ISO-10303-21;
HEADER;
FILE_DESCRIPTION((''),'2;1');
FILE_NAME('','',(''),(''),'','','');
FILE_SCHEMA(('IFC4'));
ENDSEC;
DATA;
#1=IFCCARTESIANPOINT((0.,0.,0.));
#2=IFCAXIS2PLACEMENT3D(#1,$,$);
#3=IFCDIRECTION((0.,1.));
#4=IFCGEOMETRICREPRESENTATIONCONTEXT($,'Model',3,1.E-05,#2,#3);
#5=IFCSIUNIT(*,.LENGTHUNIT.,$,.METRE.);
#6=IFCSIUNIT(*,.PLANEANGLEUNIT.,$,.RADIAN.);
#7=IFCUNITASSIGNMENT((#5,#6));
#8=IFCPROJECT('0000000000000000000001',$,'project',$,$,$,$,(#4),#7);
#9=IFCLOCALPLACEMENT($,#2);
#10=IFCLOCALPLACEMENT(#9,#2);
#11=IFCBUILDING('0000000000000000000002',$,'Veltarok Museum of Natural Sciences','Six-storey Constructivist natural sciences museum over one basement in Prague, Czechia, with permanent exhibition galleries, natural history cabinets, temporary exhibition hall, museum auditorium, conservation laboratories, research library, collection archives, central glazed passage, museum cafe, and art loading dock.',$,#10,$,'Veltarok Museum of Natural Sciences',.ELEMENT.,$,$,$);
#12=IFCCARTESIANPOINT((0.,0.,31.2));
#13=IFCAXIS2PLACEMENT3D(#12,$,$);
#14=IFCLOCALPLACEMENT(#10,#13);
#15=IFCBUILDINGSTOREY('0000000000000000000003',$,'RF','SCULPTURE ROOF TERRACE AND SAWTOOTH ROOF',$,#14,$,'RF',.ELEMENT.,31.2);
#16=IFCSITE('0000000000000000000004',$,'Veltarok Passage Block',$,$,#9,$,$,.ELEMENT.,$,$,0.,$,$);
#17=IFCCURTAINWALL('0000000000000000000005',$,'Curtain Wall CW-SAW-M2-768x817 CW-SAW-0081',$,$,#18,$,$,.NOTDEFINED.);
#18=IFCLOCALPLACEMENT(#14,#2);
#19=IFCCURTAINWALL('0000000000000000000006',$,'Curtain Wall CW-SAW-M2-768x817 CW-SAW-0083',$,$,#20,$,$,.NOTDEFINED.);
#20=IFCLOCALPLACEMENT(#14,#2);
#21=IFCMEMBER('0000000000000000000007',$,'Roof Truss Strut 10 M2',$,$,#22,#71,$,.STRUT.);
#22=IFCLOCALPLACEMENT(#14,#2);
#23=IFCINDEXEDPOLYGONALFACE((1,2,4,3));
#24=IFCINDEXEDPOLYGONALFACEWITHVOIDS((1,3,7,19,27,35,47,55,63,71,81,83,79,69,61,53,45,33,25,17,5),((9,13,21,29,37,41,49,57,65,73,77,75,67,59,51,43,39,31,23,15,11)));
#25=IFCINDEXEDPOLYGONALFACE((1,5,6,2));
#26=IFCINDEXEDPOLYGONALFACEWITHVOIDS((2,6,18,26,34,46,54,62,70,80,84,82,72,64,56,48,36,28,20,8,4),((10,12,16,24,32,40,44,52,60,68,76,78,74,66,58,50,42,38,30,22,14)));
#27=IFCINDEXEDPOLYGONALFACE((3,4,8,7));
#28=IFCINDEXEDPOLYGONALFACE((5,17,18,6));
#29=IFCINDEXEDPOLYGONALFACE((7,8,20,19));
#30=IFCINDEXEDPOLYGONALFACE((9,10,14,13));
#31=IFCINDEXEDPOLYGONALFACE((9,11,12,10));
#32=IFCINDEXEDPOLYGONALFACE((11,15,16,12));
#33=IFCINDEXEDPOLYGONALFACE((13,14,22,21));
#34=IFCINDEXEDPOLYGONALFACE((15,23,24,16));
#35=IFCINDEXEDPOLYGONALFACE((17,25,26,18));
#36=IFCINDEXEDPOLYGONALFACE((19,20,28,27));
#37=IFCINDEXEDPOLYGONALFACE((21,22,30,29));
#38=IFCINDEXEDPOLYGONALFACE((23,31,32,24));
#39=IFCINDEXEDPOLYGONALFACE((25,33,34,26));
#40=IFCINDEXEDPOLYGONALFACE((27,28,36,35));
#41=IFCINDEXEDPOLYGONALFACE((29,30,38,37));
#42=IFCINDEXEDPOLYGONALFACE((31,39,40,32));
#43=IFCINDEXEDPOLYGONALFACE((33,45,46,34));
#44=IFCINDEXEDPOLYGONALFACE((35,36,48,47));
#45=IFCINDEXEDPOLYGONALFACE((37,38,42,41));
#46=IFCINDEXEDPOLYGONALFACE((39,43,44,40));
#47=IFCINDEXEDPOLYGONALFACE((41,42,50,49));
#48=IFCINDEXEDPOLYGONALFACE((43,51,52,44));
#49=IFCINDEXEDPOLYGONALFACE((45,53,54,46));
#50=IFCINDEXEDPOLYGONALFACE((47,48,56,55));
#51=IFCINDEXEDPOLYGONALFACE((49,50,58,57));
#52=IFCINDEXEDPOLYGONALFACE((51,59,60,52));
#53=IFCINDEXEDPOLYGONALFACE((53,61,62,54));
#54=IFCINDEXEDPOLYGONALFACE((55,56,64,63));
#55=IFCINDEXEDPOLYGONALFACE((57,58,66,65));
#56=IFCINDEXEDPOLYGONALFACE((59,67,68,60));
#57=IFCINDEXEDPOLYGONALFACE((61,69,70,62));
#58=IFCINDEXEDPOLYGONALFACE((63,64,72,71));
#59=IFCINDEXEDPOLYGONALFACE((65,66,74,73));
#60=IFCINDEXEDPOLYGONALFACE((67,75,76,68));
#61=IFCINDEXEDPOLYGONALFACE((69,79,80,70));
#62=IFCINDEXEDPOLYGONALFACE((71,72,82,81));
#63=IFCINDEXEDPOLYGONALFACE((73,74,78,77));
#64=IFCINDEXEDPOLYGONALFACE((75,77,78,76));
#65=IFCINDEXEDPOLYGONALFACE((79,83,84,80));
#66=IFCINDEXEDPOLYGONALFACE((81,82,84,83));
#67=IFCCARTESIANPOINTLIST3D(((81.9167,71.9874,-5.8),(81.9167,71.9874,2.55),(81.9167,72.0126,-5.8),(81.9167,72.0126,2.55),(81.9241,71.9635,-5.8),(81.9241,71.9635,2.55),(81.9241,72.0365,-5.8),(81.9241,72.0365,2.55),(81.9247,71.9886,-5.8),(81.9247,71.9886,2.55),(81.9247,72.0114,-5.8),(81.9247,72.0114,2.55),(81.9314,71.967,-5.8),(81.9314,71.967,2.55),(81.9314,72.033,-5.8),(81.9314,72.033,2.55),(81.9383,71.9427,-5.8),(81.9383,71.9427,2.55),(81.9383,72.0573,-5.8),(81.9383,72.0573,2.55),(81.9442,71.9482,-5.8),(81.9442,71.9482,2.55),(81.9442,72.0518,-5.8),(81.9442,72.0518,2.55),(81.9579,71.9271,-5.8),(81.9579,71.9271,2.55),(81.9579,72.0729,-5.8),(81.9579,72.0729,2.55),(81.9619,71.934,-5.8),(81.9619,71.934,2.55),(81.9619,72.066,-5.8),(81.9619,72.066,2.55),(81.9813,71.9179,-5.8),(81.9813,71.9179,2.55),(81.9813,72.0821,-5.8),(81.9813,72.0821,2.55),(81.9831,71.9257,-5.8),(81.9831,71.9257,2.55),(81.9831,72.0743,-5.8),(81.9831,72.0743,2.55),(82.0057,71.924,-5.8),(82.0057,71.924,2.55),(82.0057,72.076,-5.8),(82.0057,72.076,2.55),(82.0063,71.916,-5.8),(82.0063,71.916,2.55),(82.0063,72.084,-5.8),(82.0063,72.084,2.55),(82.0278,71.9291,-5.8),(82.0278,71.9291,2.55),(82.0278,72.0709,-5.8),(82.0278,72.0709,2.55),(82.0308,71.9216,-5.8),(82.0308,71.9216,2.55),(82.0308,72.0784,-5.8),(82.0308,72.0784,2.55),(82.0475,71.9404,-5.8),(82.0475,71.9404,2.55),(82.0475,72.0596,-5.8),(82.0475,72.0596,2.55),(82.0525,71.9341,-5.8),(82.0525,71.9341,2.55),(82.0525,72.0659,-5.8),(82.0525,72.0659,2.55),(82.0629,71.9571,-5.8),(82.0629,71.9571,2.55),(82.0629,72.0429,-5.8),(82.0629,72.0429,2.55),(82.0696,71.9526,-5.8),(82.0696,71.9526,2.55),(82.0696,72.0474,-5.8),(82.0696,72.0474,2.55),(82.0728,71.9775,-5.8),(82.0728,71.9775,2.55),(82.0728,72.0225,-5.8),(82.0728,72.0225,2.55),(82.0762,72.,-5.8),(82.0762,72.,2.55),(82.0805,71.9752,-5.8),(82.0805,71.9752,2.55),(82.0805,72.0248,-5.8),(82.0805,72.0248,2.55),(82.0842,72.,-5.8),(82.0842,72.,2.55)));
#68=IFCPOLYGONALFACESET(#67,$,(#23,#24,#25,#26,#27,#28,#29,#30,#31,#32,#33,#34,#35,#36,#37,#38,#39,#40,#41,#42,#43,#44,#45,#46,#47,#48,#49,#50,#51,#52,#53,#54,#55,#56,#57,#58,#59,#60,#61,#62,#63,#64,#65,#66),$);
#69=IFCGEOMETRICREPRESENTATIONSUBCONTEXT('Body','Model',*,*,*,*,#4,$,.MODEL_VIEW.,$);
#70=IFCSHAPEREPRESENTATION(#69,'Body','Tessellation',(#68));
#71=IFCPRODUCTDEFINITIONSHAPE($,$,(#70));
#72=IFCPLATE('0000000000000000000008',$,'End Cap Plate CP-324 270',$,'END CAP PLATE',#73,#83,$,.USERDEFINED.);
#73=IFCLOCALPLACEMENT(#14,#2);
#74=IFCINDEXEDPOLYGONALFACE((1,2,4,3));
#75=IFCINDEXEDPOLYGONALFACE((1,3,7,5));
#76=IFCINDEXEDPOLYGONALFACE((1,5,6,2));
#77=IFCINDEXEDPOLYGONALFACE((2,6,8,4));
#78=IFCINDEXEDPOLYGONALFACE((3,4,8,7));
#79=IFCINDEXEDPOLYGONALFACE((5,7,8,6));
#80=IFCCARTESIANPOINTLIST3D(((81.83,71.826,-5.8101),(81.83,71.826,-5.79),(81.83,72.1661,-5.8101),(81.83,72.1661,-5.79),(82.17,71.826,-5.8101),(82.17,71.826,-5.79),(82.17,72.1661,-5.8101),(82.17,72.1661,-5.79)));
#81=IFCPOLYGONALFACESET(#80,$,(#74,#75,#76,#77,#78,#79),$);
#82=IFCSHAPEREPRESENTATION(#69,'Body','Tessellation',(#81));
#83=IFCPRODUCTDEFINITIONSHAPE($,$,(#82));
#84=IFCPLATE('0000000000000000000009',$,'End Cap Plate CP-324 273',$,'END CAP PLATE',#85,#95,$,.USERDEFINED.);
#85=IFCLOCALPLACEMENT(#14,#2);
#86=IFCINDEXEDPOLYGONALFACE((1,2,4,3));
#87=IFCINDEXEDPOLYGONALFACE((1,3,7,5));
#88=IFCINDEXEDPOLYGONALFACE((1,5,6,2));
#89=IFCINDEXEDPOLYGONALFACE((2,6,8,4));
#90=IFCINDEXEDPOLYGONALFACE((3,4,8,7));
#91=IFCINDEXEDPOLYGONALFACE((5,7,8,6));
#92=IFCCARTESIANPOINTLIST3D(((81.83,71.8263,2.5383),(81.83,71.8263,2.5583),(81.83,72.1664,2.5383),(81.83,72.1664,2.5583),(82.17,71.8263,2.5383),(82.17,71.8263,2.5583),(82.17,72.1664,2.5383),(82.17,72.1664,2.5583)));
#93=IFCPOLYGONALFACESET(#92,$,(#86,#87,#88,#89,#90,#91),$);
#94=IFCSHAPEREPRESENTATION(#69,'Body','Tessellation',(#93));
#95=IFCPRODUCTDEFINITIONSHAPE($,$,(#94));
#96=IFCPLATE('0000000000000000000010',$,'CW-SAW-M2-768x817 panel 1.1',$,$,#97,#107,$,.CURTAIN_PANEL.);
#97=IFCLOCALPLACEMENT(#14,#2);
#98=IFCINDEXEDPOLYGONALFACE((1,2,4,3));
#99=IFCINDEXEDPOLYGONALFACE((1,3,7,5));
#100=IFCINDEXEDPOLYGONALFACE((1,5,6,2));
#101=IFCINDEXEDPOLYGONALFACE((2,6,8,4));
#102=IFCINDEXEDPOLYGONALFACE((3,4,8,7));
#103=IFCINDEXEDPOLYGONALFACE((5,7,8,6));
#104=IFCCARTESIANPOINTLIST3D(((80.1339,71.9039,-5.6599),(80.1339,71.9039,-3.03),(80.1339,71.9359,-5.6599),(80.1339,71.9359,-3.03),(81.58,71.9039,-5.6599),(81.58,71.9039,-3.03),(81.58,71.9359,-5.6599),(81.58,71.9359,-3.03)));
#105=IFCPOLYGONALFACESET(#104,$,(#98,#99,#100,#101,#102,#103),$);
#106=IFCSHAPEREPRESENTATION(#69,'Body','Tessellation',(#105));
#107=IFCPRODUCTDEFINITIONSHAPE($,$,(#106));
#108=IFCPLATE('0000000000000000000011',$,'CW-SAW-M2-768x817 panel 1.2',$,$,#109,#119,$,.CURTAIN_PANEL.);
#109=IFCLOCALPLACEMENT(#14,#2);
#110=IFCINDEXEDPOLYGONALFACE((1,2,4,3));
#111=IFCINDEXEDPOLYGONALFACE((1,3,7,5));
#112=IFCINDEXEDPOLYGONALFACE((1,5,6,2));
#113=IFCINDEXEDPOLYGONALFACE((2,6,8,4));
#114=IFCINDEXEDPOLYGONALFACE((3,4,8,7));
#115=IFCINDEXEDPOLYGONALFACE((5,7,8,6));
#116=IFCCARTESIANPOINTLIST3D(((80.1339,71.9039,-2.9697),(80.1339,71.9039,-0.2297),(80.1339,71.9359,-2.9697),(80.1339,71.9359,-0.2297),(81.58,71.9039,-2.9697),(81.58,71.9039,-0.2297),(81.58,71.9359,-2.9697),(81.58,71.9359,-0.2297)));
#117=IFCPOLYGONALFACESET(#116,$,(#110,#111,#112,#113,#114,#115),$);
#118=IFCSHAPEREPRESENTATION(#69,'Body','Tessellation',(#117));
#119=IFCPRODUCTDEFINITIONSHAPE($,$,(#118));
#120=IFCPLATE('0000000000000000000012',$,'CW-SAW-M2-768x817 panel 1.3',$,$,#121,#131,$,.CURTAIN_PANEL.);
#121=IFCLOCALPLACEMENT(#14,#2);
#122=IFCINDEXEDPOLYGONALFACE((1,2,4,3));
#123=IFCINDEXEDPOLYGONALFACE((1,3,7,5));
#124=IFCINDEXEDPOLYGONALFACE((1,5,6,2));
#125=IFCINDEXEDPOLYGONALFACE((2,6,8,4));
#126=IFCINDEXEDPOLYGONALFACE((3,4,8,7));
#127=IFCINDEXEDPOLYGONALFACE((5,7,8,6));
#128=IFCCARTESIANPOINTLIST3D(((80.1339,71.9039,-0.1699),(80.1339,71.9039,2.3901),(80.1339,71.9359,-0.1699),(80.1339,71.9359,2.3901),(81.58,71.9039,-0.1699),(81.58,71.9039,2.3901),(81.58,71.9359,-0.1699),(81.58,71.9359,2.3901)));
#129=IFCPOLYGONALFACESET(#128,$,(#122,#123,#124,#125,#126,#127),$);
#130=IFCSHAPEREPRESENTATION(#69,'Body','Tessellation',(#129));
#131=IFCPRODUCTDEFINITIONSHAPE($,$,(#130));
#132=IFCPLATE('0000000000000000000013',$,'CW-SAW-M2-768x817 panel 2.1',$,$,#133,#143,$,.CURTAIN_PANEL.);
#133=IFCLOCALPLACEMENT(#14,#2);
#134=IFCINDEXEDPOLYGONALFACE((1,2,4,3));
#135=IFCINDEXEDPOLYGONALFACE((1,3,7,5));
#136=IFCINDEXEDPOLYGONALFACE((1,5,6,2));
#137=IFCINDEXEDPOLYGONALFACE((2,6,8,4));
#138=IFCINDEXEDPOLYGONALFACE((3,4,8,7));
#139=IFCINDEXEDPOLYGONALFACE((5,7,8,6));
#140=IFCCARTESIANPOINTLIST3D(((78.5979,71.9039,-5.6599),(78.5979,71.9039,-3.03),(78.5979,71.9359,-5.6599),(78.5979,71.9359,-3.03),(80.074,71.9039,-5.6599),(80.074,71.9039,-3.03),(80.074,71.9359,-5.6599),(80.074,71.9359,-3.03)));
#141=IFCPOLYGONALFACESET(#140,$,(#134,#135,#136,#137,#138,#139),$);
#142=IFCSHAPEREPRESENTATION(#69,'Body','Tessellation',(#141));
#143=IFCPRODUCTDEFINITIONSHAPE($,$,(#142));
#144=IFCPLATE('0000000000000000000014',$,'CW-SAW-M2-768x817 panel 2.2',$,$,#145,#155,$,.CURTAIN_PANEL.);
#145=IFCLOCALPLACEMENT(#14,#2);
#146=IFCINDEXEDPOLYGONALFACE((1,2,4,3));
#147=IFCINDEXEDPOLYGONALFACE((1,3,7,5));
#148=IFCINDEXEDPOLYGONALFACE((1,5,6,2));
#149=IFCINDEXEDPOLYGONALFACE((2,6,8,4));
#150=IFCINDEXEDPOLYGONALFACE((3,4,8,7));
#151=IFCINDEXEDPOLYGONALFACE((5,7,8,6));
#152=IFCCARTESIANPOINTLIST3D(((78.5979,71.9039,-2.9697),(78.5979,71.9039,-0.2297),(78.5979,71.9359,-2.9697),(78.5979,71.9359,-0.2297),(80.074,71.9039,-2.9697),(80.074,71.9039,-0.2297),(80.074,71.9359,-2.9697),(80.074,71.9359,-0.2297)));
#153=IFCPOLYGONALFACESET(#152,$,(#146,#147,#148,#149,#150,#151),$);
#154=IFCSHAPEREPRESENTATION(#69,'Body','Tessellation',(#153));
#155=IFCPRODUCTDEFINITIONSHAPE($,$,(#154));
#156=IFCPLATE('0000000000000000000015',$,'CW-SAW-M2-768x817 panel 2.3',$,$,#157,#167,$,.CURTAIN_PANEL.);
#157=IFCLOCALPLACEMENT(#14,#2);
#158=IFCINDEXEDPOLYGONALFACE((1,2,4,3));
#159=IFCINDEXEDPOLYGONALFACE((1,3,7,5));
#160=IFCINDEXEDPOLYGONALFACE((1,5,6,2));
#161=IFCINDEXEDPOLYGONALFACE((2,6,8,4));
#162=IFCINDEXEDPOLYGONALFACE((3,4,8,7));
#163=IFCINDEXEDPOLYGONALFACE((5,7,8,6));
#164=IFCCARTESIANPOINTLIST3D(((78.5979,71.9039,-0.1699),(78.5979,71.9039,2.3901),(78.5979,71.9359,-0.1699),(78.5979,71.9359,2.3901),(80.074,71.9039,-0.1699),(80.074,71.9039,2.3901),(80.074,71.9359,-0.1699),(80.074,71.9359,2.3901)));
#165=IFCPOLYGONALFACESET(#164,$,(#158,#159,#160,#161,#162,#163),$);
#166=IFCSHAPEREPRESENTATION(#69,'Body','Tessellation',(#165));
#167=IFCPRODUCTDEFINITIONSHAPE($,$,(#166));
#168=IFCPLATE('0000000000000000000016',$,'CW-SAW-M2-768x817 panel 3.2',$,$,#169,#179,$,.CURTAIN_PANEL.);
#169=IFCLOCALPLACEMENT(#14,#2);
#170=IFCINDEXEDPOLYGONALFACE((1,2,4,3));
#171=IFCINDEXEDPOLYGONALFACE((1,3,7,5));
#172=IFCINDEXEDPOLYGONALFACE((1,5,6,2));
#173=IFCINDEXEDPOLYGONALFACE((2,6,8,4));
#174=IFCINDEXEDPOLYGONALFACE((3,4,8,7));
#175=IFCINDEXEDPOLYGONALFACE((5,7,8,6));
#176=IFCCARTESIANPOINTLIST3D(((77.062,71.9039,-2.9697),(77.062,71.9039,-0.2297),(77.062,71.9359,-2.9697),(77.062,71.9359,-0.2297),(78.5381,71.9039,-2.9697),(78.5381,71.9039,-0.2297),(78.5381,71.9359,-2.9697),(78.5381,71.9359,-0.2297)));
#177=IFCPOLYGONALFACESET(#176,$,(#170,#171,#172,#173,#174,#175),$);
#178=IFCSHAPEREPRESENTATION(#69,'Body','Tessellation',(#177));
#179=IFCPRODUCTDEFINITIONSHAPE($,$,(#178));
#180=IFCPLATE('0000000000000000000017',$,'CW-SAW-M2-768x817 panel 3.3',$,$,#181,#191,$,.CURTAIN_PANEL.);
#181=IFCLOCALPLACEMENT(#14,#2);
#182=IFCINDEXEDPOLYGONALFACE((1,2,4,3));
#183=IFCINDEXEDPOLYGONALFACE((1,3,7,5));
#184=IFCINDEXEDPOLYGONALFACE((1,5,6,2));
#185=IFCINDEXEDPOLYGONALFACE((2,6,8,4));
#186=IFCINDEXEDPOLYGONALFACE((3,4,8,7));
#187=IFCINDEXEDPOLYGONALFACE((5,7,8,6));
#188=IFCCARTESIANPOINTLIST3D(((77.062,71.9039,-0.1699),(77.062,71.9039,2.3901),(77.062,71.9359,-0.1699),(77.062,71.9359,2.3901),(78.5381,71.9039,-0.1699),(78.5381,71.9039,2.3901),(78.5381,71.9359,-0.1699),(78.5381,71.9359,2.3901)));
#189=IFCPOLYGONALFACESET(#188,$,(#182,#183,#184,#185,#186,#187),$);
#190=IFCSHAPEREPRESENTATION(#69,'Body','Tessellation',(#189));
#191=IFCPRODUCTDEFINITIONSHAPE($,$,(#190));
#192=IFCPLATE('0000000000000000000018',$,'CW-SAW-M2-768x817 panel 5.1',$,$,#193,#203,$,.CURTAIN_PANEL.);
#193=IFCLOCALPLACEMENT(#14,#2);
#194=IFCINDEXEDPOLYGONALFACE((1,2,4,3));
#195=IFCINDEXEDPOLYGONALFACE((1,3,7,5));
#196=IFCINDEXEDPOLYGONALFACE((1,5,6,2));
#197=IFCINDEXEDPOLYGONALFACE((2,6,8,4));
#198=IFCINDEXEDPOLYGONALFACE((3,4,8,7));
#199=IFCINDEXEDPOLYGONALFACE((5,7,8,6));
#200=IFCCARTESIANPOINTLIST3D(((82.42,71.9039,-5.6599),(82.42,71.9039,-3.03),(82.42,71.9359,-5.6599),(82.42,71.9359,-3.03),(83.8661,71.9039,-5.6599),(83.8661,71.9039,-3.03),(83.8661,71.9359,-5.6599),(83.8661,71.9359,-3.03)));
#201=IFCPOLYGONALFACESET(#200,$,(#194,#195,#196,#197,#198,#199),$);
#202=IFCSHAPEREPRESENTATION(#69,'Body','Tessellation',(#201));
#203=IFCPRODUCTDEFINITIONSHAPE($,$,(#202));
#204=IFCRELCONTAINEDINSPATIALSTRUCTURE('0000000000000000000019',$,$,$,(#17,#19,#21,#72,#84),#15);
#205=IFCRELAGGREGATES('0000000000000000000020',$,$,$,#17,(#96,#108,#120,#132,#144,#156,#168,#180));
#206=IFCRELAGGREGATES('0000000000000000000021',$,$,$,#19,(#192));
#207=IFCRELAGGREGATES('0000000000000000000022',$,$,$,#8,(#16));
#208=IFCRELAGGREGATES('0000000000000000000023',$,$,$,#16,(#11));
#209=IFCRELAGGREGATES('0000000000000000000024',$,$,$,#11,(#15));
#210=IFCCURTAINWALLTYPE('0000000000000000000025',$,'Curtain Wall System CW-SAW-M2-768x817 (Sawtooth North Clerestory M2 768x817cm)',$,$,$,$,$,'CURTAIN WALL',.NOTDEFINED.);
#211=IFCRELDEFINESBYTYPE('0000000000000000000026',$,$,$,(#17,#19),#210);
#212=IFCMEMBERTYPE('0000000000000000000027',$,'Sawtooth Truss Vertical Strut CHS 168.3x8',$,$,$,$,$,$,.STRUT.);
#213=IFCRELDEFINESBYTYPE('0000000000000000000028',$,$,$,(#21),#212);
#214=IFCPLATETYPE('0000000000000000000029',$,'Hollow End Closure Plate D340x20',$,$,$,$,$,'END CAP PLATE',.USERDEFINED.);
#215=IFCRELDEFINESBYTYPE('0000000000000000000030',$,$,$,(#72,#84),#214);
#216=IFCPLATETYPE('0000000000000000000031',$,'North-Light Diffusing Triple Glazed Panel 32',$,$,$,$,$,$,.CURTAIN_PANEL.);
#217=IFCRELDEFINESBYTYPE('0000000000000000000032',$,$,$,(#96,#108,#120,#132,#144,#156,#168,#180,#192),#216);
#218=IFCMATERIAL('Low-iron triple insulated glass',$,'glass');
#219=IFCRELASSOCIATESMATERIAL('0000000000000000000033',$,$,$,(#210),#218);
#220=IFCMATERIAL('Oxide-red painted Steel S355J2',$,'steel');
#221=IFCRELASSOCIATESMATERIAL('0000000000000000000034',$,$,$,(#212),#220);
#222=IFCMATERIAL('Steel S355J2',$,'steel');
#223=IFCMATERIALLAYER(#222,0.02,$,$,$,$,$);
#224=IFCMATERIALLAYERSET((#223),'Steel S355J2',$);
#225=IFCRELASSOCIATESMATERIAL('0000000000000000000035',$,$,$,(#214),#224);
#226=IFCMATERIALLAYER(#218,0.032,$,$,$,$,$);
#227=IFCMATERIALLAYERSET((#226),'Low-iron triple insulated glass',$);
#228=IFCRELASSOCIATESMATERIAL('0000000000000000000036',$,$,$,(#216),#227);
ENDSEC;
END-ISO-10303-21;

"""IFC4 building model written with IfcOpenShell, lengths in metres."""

from ifc_helpers import new_model, si_unit, direction, frame, origin, origin_2d, place, context, subcontext, project, spatial, rectangle, hollow_circle, extrude, material, layer, layer_set, material_profile, profile_set, type_object, element, aggregate, save


model = new_model("IFC4")

# Units and contexts
model_context = context("Model", 3, precision=1e-05, world=origin(), true_north=direction((0.0, 1.0)))
body_context = subcontext(model_context, "Body", "Model", "MODEL_VIEW")
ifc_project = project(units=[si_unit("LENGTHUNIT", "METRE"), si_unit("PLANEANGLEUNIT", "RADIAN")], contexts=[model_context])

# Site, building, storey
site_placement = place(None, origin())
site = spatial("IfcSite", under=ifc_project, at=site_placement, Name="Veltarok Passage Block", CompositionType="ELEMENT", RefElevation=0.0)
building_placement = place(site_placement, origin())
building = spatial("IfcBuilding", under=site, at=building_placement, Name="Veltarok Museum of Natural Sciences", Description="Six-storey Constructivist natural sciences museum over one basement in Prague, Czechia, with permanent exhibition galleries, natural history cabinets, temporary exhibition hall, museum auditorium, conservation laboratories, research library, collection archives, central glazed passage, museum cafe, and art loading dock.", LongName="Veltarok Museum of Natural Sciences", CompositionType="ELEMENT")
storey_placement = place(building_placement, frame((0.0, 0.0, 31.2)))
storey = spatial("IfcBuildingStorey", under=building, at=storey_placement, Name="RF", Description="SCULPTURE ROOF TERRACE AND SAWTOOTH ROOF", LongName="RF", CompositionType="ELEMENT", Elevation=31.2)

# Shared definitions
ifc_material_1 = material(Name="Steel S355J2", Category="steel")

# Curtain wall
ifc_material_2 = material(Name="Low-iron triple insulated glass", Category="glass")
curtain_wall_type = type_object("IfcCurtainWallType", Name="Curtain Wall System CW-SAW-M2-768x817 (Sawtooth North Clerestory M2 768x817cm)", ElementType="CURTAIN WALL", PredefinedType="NOTDEFINED", material=ifc_material_2)
curtain_wall_1_placement = place(storey_placement, origin())
curtain_wall_1 = element("IfcCurtainWall", 1, at=curtain_wall_1_placement, inside=storey, type_object=curtain_wall_type, Name="Curtain Wall CW-SAW-M2-768x817 CW-SAW-0081", PredefinedType="NOTDEFINED")

# Curtain wall
curtain_wall_2_placement = place(storey_placement, origin())
curtain_wall_2 = element("IfcCurtainWall", 2, at=curtain_wall_2_placement, inside=storey, type_object=curtain_wall_type, Name="Curtain Wall CW-SAW-M2-768x817 CW-SAW-0083", PredefinedType="NOTDEFINED")

# Member
ifc_material_3 = material(Name="Oxide-red painted Steel S355J2", Category="steel")
ifc_material_profile_1 = material_profile(ifc_material_3, hollow_circle(Radius=0.0842, WallThickness=0.0081, at=origin_2d()), Name="CHS 168.3x8")
ifc_profile_set_1 = profile_set([ifc_material_profile_1], Name="Oxide-red painted Steel S355J2")
member_type_1 = type_object("IfcMemberType", Name="Sawtooth Truss Vertical Strut CHS 168.3x8", PredefinedType="STRUT", material=ifc_profile_set_1)
member_1_placement = place(storey_placement, frame((82.0, 72.0, -5.8), z_axis=(0.0, 0.0, 1.0), x_axis=(1.0, 0.0, 0.0)))
element("IfcMember", 3, at=member_1_placement, inside=storey, type_object=member_type_1, Name="Roof Truss Strut 10 M2", PredefinedType="STRUT", context=body_context, shape_type="SweptSolid", body=[
    extrude(hollow_circle(Radius=0.0842, WallThickness=0.0081, at=origin_2d()), origin(), (0.0, 0.0, 1.0), 8.3501),
])

# Plates
ifc_layer_1 = layer(ifc_material_1, 0.02)
ifc_layer_set_1 = layer_set([ifc_layer_1], Name="Steel S355J2")
plate_type_1 = type_object("IfcPlateType", Name="Hollow End Closure Plate D340x20", ElementType="END CAP PLATE", PredefinedType="USERDEFINED", material=ifc_layer_set_1)
for number, where, z_axis, x_axis, name in (
    (4, (82.0, 71.9961, -5.8101), (0.0, 0.0, 1.0), (0.0, 1.0, 0.0), "End Cap Plate CP-324 270"),
    (5, (82.0, 71.9963, 2.5383), (0.0, 0.0, 1.0), (0.0, 1.0, 0.0), "End Cap Plate CP-324 273"),
):
    element("IfcPlate", number, at=place(storey_placement, frame(where, z_axis=z_axis, x_axis=x_axis)), inside=storey, type_object=plate_type_1, Name=name, ObjectType="END CAP PLATE", PredefinedType="USERDEFINED", context=body_context, shape_type="SweptSolid", body=[
        extrude(rectangle(XDim=0.3401, YDim=0.3401, at=origin_2d()), origin(), (0.0, 0.0, 1.0), 0.02),
    ])

# Plates
ifc_layer_2 = layer(ifc_material_2, 0.032)
ifc_layer_set_2 = layer_set([ifc_layer_2], Name="Low-iron triple insulated glass")
plate_type_2 = type_object("IfcPlateType", Name="North-Light Diffusing Triple Glazed Panel 32", PredefinedType="CURTAIN_PANEL", material=ifc_layer_set_2)
plate_1_placement = place(storey_placement, frame((80.8569, 71.9199, -5.6599), z_axis=(0.0, 0.0, 1.0), x_axis=(-1.0, 0.0, 0.0)))
plate_1 = element("IfcPlate", 6, at=plate_1_placement, type_object=plate_type_2, Name="CW-SAW-M2-768x817 panel 1.1", PredefinedType="CURTAIN_PANEL", context=body_context, shape_type="SweptSolid", body=[
    extrude(rectangle(XDim=1.446, YDim=0.032, at=origin_2d()), origin(), (0.0, 0.0, 1.0), 2.6299),
])
plate_2_placement = place(storey_placement, frame((80.8569, 71.9199, -2.9697), z_axis=(0.0, 0.0, 1.0), x_axis=(-1.0, 0.0, 0.0)))
plate_2 = element("IfcPlate", 7, at=plate_2_placement, type_object=plate_type_2, Name="CW-SAW-M2-768x817 panel 1.2", PredefinedType="CURTAIN_PANEL", context=body_context, shape_type="SweptSolid", body=[
    extrude(rectangle(XDim=1.446, YDim=0.032, at=origin_2d()), origin(), (0.0, 0.0, 1.0), 2.74),
])
plate_3_placement = place(storey_placement, frame((80.8569, 71.9199, -0.1699), z_axis=(0.0, 0.0, 1.0), x_axis=(-1.0, 0.0, 0.0)))
plate_3 = element("IfcPlate", 8, at=plate_3_placement, type_object=plate_type_2, Name="CW-SAW-M2-768x817 panel 1.3", PredefinedType="CURTAIN_PANEL", context=body_context, shape_type="SweptSolid", body=[
    extrude(rectangle(XDim=1.446, YDim=0.032, at=origin_2d()), origin(), (0.0, 0.0, 1.0), 2.5601),
])
plate_4_placement = place(storey_placement, frame((79.3359, 71.9199, -5.6599), z_axis=(0.0, 0.0, 1.0), x_axis=(-1.0, 0.0, 0.0)))
plate_4 = element("IfcPlate", 9, at=plate_4_placement, type_object=plate_type_2, Name="CW-SAW-M2-768x817 panel 2.1", PredefinedType="CURTAIN_PANEL", context=body_context, shape_type="SweptSolid", body=[
    extrude(rectangle(XDim=1.4761, YDim=0.032, at=origin_2d()), origin(), (0.0, 0.0, 1.0), 2.6299),
])
plate_5_placement = place(storey_placement, frame((79.3359, 71.9199, -2.9697), z_axis=(0.0, 0.0, 1.0), x_axis=(-1.0, 0.0, 0.0)))
plate_5 = element("IfcPlate", 10, at=plate_5_placement, type_object=plate_type_2, Name="CW-SAW-M2-768x817 panel 2.2", PredefinedType="CURTAIN_PANEL", context=body_context, shape_type="SweptSolid", body=[
    extrude(rectangle(XDim=1.4761, YDim=0.032, at=origin_2d()), origin(), (0.0, 0.0, 1.0), 2.74),
])
plate_6_placement = place(storey_placement, frame((79.3359, 71.9199, -0.1699), z_axis=(0.0, 0.0, 1.0), x_axis=(-1.0, 0.0, 0.0)))
plate_6 = element("IfcPlate", 11, at=plate_6_placement, type_object=plate_type_2, Name="CW-SAW-M2-768x817 panel 2.3", PredefinedType="CURTAIN_PANEL", context=body_context, shape_type="SweptSolid", body=[
    extrude(rectangle(XDim=1.4761, YDim=0.032, at=origin_2d()), origin(), (0.0, 0.0, 1.0), 2.5601),
])
plate_7_placement = place(storey_placement, frame((77.8, 71.9199, -2.9697), z_axis=(0.0, 0.0, 1.0), x_axis=(-1.0, 0.0, 0.0)))
plate_7 = element("IfcPlate", 12, at=plate_7_placement, type_object=plate_type_2, Name="CW-SAW-M2-768x817 panel 3.2", PredefinedType="CURTAIN_PANEL", context=body_context, shape_type="SweptSolid", body=[
    extrude(rectangle(XDim=1.4761, YDim=0.032, at=origin_2d()), origin(), (0.0, 0.0, 1.0), 2.74),
])
plate_8_placement = place(storey_placement, frame((77.8, 71.9199, -0.1699), z_axis=(0.0, 0.0, 1.0), x_axis=(-1.0, 0.0, 0.0)))
plate_8 = element("IfcPlate", 13, at=plate_8_placement, type_object=plate_type_2, Name="CW-SAW-M2-768x817 panel 3.3", PredefinedType="CURTAIN_PANEL", context=body_context, shape_type="SweptSolid", body=[
    extrude(rectangle(XDim=1.4761, YDim=0.032, at=origin_2d()), origin(), (0.0, 0.0, 1.0), 2.5601),
])
aggregate(curtain_wall_1, [plate_1, plate_2, plate_3, plate_4, plate_5, plate_6, plate_7, plate_8])
plate_9_placement = place(storey_placement, frame((83.1431, 71.9199, -5.6599), z_axis=(0.0, 0.0, 1.0), x_axis=(-1.0, 0.0, 0.0)))
plate_9 = element("IfcPlate", 14, at=plate_9_placement, type_object=plate_type_2, Name="CW-SAW-M2-768x817 panel 5.1", PredefinedType="CURTAIN_PANEL", context=body_context, shape_type="SweptSolid", body=[
    extrude(rectangle(XDim=1.446, YDim=0.032, at=origin_2d()), origin(), (0.0, 0.0, 1.0), 2.6299),
])
aggregate(curtain_wall_2, [plate_9])

save(model, "model.ifc")
